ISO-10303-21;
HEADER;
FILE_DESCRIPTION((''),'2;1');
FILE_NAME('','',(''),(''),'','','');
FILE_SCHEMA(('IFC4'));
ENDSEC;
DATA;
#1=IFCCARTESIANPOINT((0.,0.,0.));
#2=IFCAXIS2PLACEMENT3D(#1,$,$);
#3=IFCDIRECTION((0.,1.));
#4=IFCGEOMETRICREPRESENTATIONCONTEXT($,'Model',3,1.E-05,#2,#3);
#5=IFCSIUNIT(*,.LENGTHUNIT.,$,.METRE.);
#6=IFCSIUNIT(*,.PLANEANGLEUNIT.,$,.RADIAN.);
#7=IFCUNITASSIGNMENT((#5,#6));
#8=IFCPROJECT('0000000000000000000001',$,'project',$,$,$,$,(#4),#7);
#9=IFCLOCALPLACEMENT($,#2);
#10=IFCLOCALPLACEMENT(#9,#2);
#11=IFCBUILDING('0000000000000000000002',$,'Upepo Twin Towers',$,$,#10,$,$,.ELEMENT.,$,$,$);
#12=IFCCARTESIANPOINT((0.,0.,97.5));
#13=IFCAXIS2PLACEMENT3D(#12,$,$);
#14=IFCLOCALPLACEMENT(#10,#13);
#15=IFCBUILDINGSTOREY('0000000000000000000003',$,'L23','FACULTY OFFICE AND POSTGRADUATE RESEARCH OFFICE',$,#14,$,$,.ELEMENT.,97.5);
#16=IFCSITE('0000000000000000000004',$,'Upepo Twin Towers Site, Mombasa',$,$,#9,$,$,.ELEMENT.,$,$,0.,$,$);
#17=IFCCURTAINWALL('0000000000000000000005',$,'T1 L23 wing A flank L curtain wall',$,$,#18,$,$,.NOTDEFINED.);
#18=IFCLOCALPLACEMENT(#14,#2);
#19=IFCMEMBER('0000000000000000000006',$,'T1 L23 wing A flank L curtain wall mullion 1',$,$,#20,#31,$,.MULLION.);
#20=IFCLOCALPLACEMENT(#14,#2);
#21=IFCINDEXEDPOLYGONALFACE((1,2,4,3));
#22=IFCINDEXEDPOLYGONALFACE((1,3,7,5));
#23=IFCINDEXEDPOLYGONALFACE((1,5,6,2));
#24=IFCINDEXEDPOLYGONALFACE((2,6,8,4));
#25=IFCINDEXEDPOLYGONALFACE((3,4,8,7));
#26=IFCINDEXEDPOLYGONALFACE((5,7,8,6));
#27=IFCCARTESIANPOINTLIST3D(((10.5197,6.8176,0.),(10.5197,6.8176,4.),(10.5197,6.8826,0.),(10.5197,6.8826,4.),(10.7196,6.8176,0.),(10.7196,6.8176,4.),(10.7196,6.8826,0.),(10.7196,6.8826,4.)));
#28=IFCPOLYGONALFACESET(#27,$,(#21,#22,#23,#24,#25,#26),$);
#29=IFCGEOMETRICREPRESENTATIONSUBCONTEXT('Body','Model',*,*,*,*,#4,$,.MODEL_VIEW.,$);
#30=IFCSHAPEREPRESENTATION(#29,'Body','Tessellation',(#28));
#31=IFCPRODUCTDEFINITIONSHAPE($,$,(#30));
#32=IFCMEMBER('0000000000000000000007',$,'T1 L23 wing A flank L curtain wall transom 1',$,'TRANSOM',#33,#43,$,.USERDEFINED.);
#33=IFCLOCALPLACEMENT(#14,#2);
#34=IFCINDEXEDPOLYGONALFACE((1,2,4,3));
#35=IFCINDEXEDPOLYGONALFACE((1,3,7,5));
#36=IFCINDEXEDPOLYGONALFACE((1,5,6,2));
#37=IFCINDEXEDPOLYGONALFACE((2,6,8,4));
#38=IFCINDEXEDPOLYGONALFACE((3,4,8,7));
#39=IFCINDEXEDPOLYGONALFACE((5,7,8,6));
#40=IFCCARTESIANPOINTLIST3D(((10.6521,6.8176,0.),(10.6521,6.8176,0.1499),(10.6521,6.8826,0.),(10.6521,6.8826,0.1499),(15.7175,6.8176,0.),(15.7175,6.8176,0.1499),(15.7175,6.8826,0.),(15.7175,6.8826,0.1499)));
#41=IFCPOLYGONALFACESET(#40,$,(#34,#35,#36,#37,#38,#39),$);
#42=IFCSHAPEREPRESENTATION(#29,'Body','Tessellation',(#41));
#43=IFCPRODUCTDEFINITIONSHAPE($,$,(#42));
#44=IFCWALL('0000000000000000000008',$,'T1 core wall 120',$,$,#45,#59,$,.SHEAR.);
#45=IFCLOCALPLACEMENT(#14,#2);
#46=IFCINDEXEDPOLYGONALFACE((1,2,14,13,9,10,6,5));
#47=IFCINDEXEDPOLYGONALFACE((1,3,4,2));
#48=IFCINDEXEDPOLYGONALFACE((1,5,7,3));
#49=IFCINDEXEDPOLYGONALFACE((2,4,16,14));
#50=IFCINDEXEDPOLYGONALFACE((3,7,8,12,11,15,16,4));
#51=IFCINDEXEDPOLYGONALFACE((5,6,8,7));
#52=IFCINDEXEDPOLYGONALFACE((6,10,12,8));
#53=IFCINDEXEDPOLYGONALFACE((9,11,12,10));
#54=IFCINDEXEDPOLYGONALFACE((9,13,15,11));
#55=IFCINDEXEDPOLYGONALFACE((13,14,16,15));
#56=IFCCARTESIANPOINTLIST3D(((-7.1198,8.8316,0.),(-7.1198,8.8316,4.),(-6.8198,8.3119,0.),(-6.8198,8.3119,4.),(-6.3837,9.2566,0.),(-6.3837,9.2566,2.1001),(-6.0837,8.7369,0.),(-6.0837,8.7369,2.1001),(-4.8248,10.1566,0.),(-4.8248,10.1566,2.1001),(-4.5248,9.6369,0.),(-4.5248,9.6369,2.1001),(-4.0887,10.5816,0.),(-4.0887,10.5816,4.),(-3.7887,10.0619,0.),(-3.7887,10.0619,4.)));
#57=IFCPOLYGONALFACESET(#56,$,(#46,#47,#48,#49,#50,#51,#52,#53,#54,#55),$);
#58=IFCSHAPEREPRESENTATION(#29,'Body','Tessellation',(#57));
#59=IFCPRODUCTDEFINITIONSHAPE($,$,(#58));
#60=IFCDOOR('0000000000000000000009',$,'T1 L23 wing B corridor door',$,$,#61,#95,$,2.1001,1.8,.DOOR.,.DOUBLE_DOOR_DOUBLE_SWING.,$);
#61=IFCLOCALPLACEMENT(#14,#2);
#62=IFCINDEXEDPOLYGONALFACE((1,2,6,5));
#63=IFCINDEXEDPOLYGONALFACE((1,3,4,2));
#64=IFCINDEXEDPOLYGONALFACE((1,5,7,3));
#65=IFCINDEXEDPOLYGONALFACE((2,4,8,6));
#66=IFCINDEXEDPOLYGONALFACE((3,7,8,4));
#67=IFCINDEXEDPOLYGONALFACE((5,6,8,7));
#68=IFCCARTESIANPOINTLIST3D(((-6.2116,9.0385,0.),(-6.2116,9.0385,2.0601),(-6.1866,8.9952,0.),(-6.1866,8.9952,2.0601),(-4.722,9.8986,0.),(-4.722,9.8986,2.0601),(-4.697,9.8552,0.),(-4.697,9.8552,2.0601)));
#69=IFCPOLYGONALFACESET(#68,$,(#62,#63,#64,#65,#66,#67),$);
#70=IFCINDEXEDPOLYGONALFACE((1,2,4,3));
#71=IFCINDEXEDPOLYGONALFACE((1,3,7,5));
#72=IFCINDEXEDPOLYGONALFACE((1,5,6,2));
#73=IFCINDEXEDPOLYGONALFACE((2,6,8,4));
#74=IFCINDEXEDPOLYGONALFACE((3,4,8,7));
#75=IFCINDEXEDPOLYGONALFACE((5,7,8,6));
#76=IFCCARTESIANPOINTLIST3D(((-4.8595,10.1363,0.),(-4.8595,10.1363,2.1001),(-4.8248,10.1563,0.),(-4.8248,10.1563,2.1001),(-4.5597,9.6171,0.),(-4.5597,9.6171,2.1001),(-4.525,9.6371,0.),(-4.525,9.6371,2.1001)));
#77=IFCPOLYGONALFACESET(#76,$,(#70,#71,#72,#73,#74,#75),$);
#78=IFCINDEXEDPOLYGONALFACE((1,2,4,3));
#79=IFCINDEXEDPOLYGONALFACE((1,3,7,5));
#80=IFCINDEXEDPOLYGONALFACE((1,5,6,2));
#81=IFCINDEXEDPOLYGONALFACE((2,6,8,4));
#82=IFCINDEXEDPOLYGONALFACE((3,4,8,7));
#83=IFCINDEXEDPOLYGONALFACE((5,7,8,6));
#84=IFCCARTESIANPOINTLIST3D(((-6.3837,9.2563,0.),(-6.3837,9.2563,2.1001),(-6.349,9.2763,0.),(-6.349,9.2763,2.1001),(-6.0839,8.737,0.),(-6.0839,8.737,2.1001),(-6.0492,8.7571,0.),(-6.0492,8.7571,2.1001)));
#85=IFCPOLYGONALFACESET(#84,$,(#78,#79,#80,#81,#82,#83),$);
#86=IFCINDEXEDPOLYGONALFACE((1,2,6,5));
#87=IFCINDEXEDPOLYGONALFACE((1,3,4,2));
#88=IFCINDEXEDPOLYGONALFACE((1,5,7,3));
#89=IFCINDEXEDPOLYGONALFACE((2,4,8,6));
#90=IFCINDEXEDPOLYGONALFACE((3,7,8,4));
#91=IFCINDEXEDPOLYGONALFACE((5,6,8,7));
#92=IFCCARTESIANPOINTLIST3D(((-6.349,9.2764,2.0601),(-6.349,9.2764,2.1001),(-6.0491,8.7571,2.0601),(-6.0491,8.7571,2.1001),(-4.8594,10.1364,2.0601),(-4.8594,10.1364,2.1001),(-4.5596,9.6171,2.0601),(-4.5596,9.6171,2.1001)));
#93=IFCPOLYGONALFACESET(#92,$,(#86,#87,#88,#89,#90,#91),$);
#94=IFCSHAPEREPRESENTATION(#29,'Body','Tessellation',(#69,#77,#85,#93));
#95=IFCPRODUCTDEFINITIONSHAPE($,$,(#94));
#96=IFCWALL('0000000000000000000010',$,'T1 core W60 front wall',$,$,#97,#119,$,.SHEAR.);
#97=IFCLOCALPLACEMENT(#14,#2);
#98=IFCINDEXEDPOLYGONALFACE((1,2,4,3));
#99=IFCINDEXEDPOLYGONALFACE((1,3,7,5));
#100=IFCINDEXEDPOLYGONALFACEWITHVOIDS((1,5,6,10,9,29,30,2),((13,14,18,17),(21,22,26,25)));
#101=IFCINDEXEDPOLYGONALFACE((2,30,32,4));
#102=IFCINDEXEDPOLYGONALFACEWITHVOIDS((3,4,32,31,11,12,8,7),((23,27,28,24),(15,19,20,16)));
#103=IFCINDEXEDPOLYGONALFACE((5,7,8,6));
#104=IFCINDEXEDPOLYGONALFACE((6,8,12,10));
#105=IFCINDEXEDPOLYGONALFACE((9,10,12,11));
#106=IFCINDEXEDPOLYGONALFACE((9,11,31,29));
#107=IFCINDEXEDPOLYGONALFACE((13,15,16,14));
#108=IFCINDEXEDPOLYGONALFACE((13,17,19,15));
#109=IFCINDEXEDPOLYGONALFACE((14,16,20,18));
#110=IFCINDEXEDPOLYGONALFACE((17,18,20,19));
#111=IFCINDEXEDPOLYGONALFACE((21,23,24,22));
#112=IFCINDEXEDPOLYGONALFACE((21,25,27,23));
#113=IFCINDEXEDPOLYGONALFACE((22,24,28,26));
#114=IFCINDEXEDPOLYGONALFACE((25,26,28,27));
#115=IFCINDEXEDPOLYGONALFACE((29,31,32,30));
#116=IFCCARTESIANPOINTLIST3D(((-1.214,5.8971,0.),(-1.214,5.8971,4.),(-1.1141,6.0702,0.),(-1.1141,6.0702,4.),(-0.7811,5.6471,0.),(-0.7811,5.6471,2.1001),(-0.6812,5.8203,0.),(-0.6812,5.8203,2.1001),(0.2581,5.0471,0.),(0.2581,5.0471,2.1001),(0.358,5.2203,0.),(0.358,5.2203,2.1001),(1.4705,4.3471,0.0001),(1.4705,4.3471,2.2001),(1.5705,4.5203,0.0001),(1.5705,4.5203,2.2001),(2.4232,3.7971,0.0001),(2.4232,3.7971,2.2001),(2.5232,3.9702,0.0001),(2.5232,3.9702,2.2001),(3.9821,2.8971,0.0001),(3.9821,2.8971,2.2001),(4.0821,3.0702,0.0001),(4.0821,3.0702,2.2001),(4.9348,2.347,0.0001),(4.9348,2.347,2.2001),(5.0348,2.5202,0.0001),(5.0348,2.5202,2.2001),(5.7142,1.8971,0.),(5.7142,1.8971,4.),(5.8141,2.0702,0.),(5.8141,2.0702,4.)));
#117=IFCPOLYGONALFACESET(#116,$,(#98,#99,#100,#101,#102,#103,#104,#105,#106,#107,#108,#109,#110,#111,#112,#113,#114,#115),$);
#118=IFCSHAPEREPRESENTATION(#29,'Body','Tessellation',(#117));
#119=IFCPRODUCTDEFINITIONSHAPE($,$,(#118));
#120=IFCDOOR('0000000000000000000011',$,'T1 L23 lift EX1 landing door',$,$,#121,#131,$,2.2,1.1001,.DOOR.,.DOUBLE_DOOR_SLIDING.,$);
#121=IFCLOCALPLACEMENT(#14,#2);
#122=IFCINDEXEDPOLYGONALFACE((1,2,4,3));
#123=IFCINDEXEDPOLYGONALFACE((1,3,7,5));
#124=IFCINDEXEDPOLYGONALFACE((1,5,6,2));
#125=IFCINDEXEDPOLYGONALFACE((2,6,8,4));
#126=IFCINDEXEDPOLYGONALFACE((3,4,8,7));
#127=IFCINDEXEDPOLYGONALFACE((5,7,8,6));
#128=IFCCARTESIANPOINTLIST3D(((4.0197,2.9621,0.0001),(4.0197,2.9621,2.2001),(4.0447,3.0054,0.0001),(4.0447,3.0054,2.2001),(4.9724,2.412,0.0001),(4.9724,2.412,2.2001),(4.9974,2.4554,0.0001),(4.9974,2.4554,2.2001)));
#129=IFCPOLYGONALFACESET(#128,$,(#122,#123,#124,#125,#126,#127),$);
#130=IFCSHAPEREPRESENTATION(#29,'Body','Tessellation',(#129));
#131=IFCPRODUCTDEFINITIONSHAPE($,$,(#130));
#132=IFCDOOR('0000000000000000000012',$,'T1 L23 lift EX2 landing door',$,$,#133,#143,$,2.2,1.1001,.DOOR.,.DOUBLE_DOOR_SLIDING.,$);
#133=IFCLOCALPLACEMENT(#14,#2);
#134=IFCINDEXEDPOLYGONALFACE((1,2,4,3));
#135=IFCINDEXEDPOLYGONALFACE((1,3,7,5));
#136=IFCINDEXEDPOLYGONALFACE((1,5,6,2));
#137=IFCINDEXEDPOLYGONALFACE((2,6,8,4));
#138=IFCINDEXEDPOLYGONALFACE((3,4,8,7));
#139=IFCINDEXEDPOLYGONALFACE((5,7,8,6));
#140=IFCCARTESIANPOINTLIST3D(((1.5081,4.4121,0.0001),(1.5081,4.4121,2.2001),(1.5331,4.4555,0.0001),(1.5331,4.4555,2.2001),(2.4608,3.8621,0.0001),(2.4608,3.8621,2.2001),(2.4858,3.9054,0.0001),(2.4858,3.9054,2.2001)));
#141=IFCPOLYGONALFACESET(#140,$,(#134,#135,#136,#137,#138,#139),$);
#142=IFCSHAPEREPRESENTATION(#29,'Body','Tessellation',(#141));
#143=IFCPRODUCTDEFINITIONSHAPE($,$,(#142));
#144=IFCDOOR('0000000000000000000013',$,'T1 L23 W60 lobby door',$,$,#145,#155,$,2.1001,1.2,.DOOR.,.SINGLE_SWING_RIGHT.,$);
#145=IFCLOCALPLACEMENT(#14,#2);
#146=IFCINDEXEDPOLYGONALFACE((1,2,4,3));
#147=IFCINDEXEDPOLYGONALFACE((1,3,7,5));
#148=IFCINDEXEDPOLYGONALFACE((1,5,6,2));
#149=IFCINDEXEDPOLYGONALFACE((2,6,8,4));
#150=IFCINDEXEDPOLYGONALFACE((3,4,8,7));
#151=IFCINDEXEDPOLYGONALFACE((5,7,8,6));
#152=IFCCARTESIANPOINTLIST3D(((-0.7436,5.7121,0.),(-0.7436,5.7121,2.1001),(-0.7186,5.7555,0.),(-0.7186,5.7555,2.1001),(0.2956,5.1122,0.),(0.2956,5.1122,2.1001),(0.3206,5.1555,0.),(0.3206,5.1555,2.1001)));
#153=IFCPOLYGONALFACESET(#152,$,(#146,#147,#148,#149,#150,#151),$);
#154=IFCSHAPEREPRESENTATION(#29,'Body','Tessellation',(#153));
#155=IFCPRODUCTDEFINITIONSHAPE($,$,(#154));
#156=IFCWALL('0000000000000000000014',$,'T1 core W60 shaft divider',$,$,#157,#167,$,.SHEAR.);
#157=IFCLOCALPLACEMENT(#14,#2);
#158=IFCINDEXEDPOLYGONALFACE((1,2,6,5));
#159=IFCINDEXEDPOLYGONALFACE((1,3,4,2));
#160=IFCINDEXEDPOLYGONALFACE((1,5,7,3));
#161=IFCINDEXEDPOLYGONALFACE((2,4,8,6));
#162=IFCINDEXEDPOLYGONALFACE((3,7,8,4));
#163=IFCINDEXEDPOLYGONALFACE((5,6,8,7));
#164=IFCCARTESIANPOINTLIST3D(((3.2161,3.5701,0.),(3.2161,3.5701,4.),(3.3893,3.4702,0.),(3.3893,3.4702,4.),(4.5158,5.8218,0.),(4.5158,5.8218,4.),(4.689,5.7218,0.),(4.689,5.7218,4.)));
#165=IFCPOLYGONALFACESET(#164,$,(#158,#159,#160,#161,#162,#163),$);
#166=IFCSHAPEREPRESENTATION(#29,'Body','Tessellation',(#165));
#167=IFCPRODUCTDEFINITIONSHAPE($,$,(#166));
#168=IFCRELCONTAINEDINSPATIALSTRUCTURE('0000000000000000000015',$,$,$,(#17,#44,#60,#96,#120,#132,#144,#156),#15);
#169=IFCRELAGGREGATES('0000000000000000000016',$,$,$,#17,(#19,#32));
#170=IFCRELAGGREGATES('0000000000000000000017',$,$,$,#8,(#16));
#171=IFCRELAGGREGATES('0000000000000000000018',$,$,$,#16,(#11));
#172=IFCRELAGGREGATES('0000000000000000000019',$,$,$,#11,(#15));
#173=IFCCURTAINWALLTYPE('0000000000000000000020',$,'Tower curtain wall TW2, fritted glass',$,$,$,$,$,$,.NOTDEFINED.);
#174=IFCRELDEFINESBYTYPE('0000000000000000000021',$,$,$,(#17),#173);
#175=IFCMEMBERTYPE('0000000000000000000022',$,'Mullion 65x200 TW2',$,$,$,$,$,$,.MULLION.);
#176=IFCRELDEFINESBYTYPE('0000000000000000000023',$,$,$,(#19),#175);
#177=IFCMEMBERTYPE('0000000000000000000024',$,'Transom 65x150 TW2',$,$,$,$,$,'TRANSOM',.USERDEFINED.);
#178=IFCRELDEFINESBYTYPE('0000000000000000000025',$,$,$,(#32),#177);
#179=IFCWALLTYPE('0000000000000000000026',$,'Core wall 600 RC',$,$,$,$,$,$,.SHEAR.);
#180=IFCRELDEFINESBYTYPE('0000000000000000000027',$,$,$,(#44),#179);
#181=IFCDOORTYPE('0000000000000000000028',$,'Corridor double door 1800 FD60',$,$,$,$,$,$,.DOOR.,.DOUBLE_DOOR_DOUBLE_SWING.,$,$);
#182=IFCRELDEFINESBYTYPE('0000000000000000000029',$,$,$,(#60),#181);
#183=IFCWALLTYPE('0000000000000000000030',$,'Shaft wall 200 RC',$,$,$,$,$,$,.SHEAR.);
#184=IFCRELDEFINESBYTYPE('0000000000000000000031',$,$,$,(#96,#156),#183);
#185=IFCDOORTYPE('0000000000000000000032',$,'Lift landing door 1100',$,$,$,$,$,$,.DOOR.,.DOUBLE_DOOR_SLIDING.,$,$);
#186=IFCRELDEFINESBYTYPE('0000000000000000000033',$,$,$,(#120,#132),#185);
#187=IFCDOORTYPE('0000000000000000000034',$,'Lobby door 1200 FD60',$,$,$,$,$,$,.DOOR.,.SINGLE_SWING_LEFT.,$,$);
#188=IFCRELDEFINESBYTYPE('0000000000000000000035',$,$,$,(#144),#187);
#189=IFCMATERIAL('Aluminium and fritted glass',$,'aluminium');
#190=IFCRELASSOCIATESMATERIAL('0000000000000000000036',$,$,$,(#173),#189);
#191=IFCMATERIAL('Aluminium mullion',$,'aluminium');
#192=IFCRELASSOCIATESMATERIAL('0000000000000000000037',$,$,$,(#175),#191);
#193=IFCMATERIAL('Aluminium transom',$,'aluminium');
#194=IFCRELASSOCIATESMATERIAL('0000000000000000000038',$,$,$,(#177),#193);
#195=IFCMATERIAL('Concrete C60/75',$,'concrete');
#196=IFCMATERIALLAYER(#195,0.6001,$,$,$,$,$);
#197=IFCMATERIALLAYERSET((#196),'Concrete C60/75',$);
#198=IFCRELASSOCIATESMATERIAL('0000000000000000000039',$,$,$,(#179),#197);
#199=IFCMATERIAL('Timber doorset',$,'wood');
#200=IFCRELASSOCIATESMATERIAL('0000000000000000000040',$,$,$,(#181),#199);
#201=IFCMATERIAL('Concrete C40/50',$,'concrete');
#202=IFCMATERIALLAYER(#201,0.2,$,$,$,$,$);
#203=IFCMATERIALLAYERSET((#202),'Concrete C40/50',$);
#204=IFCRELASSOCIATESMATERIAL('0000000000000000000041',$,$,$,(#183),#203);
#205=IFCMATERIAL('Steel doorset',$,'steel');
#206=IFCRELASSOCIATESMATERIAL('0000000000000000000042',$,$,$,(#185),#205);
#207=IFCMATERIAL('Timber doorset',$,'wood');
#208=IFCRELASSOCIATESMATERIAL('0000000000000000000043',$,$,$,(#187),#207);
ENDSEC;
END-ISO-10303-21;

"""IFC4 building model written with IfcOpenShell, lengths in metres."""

from ifc_helpers import new_model, si_unit, direction, frame, frame_2d, origin, origin_2d, place, context, subcontext, project, spatial, rectangle, extrude, material, layer, layer_set, material_profile, profile_set, type_object, element, fill, aggregate, save


model = new_model("IFC4")

# Units and contexts
model_context = context("Model", 3, precision=1e-05, world=origin(), true_north=direction((0.0, 1.0)))
body_context = subcontext(model_context, "Body", "Model", "MODEL_VIEW")
ifc_project = project(units=[si_unit("LENGTHUNIT", "METRE"), si_unit("PLANEANGLEUNIT", "RADIAN")], contexts=[model_context])

# Site, building, storey
site_placement = place(None, origin())
site = spatial("IfcSite", under=ifc_project, at=site_placement, Name="Upepo Twin Towers Site, Mombasa", CompositionType="ELEMENT", RefElevation=0.0)
building_placement = place(site_placement, origin())
building = spatial("IfcBuilding", under=site, at=building_placement, Name="Upepo Twin Towers", CompositionType="ELEMENT")
storey_placement = place(building_placement, frame((0.0, 0.0, 97.5)))
storey = spatial("IfcBuildingStorey", under=building, at=storey_placement, Name="L23", Description="FACULTY OFFICE AND POSTGRADUATE RESEARCH OFFICE", CompositionType="ELEMENT", Elevation=97.5)

# Curtain wall, members
ifc_material_1 = material(Name="Aluminium and fritted glass", Category="aluminium")
curtain_wall_type = type_object("IfcCurtainWallType", Name="Tower curtain wall TW2, fritted glass", PredefinedType="NOTDEFINED", material=ifc_material_1)
curtain_wall_placement = place(storey_placement, origin())
curtain_wall = element("IfcCurtainWall", 1, at=curtain_wall_placement, inside=storey, type_object=curtain_wall_type, Name="T1 L23 wing A flank L curtain wall", PredefinedType="NOTDEFINED")
ifc_material_2 = material(Name="Aluminium mullion", Category="aluminium")
ifc_material_profile_1 = material_profile(ifc_material_2, rectangle(XDim=0.0649, YDim=0.2, at=origin_2d()), Name="MULLION 65x200")
ifc_profile_set_1 = profile_set([ifc_material_profile_1], Name="Aluminium mullion")
member_type_1 = type_object("IfcMemberType", Name="Mullion 65x200 TW2", PredefinedType="MULLION", material=ifc_profile_set_1)
member_1_placement = place(storey_placement, frame((10.6196, 6.8501, 0.0), z_axis=(0.0, 0.0, 1.0), x_axis=(0.0, 1.0, 0.0)))
member_1 = element("IfcMember", 2, at=member_1_placement, type_object=member_type_1, Name="T1 L23 wing A flank L curtain wall mullion 1", PredefinedType="MULLION", context=body_context, shape_type="SweptSolid", body=[
    extrude(rectangle(XDim=0.0649, YDim=0.2, at=origin_2d()), origin(), (0.0, 0.0, 1.0), 4.0),
])
ifc_material_3 = material(Name="Aluminium transom", Category="aluminium")
ifc_material_profile_2 = material_profile(ifc_material_3, rectangle(XDim=0.0649, YDim=0.1499, at=origin_2d()), Name="TRANSOM 65x150")
ifc_profile_set_2 = profile_set([ifc_material_profile_2], Name="Aluminium transom")
member_type_2 = type_object("IfcMemberType", Name="Transom 65x150 TW2", ElementType="TRANSOM", PredefinedType="USERDEFINED", material=ifc_profile_set_2)
member_2_placement = place(storey_placement, frame((10.6521, 6.8501, 0.075), z_axis=(1.0, 0.0, 0.0), x_axis=(0.0, 1.0, 0.0)))
member_2 = element("IfcMember", 3, at=member_2_placement, type_object=member_type_2, Name="T1 L23 wing A flank L curtain wall transom 1", ObjectType="TRANSOM", PredefinedType="USERDEFINED", context=body_context, shape_type="SweptSolid", body=[
    extrude(rectangle(XDim=0.0649, YDim=0.1499, at=origin_2d()), origin(), (0.0, 0.0, 1.0), 5.0654),
])
aggregate(curtain_wall, [member_1, member_2])

# Wall, opening, door
ifc_material_4 = material(Name="Concrete C60/75", Category="concrete")
ifc_layer_1 = layer(ifc_material_4, 0.6001)
ifc_layer_set_1 = layer_set([ifc_layer_1], Name="Concrete C60/75")
wall_type_1 = type_object("IfcWallType", Name="Core wall 600 RC", PredefinedType="SHEAR", material=ifc_layer_set_1)
wall_1_placement = place(storey_placement, frame((-3.9387, 10.3218, 0.0), z_axis=(0.0, 0.0, 1.0), x_axis=(-0.866019, -0.50001, 0.0)))
wall_1 = element("IfcWall", 4, at=wall_1_placement, inside=storey, type_object=wall_type_1, Name="T1 core wall 120", PredefinedType="SHEAR", context=body_context, shape_type="SweptSolid", body=[
    extrude(rectangle(XDim=3.5, YDim=0.6001, at=frame_2d((1.75, 0.0))), origin(), (0.0, 0.0, 1.0), 4.0),
])
opening_1_placement = place(wall_1_placement, frame((0.8501, 0.0, 0.0)))
opening_1 = element("IfcOpeningElement", 5, at=opening_1_placement, cuts=wall_1, PredefinedType="OPENING", context=body_context, shape_type="SweptSolid", body=[
    extrude(rectangle(XDim=1.8, YDim=2.1001, at=frame_2d((0.8999, 1.05))), frame((0.0, 0.3101, 0.0), z_axis=(0.0, -1.0, 0.0), x_axis=(1.0, 0.0, 0.0)), (0.0, 0.0, 1.0), 0.6201),
])
ifc_material_5 = material(Name="Timber doorset", Category="wood")
door_type_1 = type_object("IfcDoorType", Name="Corridor double door 1800 FD60", OperationType="DOUBLE_DOOR_DOUBLE_SWING", PredefinedType="DOOR", material=ifc_material_5)
door_1_placement = place(opening_1_placement, origin())
door_1 = element("IfcDoor", 6, at=door_1_placement, inside=storey, type_object=door_type_1, Name="T1 L23 wing B corridor door", OperationType="DOUBLE_DOOR_DOUBLE_SWING", OverallHeight=2.1001, OverallWidth=1.8, PredefinedType="DOOR", context=body_context, shape_type="SweptSolid", body=[
    extrude(rectangle(XDim=1.72, YDim=2.0601, at=frame_2d((0.8999, 1.03))), frame((0.0, 0.0249, 0.0), z_axis=(0.0, -1.0, 0.0), x_axis=(1.0, 0.0, 0.0)), (0.0, 0.0, 1.0), 0.05),
    extrude(rectangle(XDim=0.04, YDim=2.1001, at=frame_2d((0.02, 1.05))), frame((0.0, 0.2998, 0.0), z_axis=(0.0, -1.0, 0.0), x_axis=(1.0, 0.0, 0.0)), (0.0, 0.0, 1.0), 0.5996),
    extrude(rectangle(XDim=0.04, YDim=2.1001, at=frame_2d((1.78, 1.05))), frame((0.0, 0.2998, 0.0), z_axis=(0.0, -1.0, 0.0), x_axis=(1.0, 0.0, 0.0)), (0.0, 0.0, 1.0), 0.5996),
    extrude(rectangle(XDim=1.72, YDim=0.04, at=frame_2d((0.8999, 2.0801))), frame((0.0, 0.2998, 0.0), z_axis=(0.0, -1.0, 0.0), x_axis=(1.0, 0.0, 0.0)), (0.0, 0.0, 1.0), 0.5996),
])
fill(opening_1, door_1)

# Wall, openings, doors
ifc_material_6 = material(Name="Concrete C40/50", Category="concrete")
ifc_layer_2 = layer(ifc_material_6, 0.2)
ifc_layer_set_2 = layer_set([ifc_layer_2], Name="Concrete C40/50")
wall_type_2 = type_object("IfcWallType", Name="Shaft wall 200 RC", PredefinedType="SHEAR", material=ifc_layer_set_2)
wall_2_placement = place(storey_placement, frame((5.7642, 1.9836, 0.0), z_axis=(0.0, 0.0, 1.0), x_axis=(-0.866026, 0.499999, 0.0)))
wall_2 = element("IfcWall", 7, at=wall_2_placement, inside=storey, type_object=wall_type_2, Name="T1 core W60 front wall", PredefinedType="SHEAR", context=body_context, shape_type="SweptSolid", body=[
    extrude(rectangle(XDim=8.0, YDim=0.2, at=frame_2d((4.0, 0.0))), origin(), (0.0, 0.0, 1.0), 4.0),
])
opening_2_placement = place(wall_2_placement, frame((6.3, 0.0, 0.0)))
opening_2 = element("IfcOpeningElement", 8, at=opening_2_placement, cuts=wall_2, PredefinedType="OPENING", context=body_context, shape_type="SweptSolid", body=[
    extrude(rectangle(XDim=1.2, YDim=2.1001, at=frame_2d((0.6001, 1.05))), frame((0.0, 0.1099, 0.0), z_axis=(0.0, -1.0, 0.0), x_axis=(1.0, 0.0, 0.0)), (0.0, 0.0, 1.0), 0.22),
])
opening_3_placement = place(wall_2_placement, frame((0.8999, 0.0, 0.0)))
opening_3 = element("IfcOpeningElement", 9, at=opening_3_placement, cuts=wall_2, PredefinedType="OPENING", context=body_context, shape_type="SweptSolid", body=[
    extrude(rectangle(XDim=1.1001, YDim=2.2, at=frame_2d((0.55, 1.1001))), frame((0.0, 0.1099, 0.0), z_axis=(0.0, -1.0, 0.0), x_axis=(1.0, 0.0, 0.0)), (0.0, 0.0, 1.0), 0.22),
])
opening_4_placement = place(wall_2_placement, frame((3.8, 0.0, 0.0)))
opening_4 = element("IfcOpeningElement", 10, at=opening_4_placement, cuts=wall_2, PredefinedType="OPENING", context=body_context, shape_type="SweptSolid", body=[
    extrude(rectangle(XDim=1.1001, YDim=2.2, at=frame_2d((0.55, 1.1001))), frame((0.0, 0.1099, 0.0), z_axis=(0.0, -1.0, 0.0), x_axis=(1.0, 0.0, 0.0)), (0.0, 0.0, 1.0), 0.22),
])
ifc_material_7 = material(Name="Steel doorset", Category="steel")
door_type_2 = type_object("IfcDoorType", Name="Lift landing door 1100", OperationType="DOUBLE_DOOR_SLIDING", PredefinedType="DOOR", material=ifc_material_7)
door_2_placement = place(opening_3_placement, origin())
door_2 = element("IfcDoor", 11, at=door_2_placement, inside=storey, type_object=door_type_2, Name="T1 L23 lift EX1 landing door", OperationType="DOUBLE_DOOR_SLIDING", OverallHeight=2.2, OverallWidth=1.1001, PredefinedType="DOOR", context=body_context, shape_type="SweptSolid", body=[
    extrude(rectangle(XDim=1.1001, YDim=2.2, at=frame_2d((0.55, 1.1001))), frame((0.0, 0.0249, 0.0), z_axis=(0.0, -1.0, 0.0), x_axis=(1.0, 0.0, 0.0)), (0.0, 0.0, 1.0), 0.05),
])
fill(opening_3, door_2)
door_3_placement = place(opening_4_placement, origin())
door_3 = element("IfcDoor", 12, at=door_3_placement, inside=storey, type_object=door_type_2, Name="T1 L23 lift EX2 landing door", OperationType="DOUBLE_DOOR_SLIDING", OverallHeight=2.2, OverallWidth=1.1001, PredefinedType="DOOR", context=body_context, shape_type="SweptSolid", body=[
    extrude(rectangle(XDim=1.1001, YDim=2.2, at=frame_2d((0.55, 1.1001))), frame((0.0, 0.0249, 0.0), z_axis=(0.0, -1.0, 0.0), x_axis=(1.0, 0.0, 0.0)), (0.0, 0.0, 1.0), 0.05),
])
fill(opening_4, door_3)
ifc_material_8 = material(Name="Timber doorset", Category="wood")
door_type_3 = type_object("IfcDoorType", Name="Lobby door 1200 FD60", OperationType="SINGLE_SWING_LEFT", PredefinedType="DOOR", material=ifc_material_8)
door_4_placement = place(opening_2_placement, origin())
door_4 = element("IfcDoor", 13, at=door_4_placement, inside=storey, type_object=door_type_3, Name="T1 L23 W60 lobby door", OperationType="SINGLE_SWING_RIGHT", OverallHeight=2.1001, OverallWidth=1.2, PredefinedType="DOOR", context=body_context, shape_type="SweptSolid", body=[
    extrude(rectangle(XDim=1.2, YDim=2.1001, at=frame_2d((0.6001, 1.05))), frame((0.0, 0.0249, 0.0), z_axis=(0.0, -1.0, 0.0), x_axis=(1.0, 0.0, 0.0)), (0.0, 0.0, 1.0), 0.05),
])
fill(opening_2, door_4)

# Wall
for number, where, z_axis, x_axis, name in (
    (14, (3.3027, 3.5203, 0.0), (0.0, 0.0, 1.0), (0.499937, 0.866062, 0.0), "T1 core W60 shaft divider"),
):
    element("IfcWall", number, at=place(storey_placement, frame(where, z_axis=z_axis, x_axis=x_axis)), inside=storey, type_object=wall_type_2, Name=name, PredefinedType="SHEAR", context=body_context, shape_type="SweptSolid", body=[
        extrude(rectangle(XDim=2.5999, YDim=0.2, at=frame_2d((1.2998, 0.0))), origin(), (0.0, 0.0, 1.0), 4.0),
    ])

save(model, "model.ifc")
